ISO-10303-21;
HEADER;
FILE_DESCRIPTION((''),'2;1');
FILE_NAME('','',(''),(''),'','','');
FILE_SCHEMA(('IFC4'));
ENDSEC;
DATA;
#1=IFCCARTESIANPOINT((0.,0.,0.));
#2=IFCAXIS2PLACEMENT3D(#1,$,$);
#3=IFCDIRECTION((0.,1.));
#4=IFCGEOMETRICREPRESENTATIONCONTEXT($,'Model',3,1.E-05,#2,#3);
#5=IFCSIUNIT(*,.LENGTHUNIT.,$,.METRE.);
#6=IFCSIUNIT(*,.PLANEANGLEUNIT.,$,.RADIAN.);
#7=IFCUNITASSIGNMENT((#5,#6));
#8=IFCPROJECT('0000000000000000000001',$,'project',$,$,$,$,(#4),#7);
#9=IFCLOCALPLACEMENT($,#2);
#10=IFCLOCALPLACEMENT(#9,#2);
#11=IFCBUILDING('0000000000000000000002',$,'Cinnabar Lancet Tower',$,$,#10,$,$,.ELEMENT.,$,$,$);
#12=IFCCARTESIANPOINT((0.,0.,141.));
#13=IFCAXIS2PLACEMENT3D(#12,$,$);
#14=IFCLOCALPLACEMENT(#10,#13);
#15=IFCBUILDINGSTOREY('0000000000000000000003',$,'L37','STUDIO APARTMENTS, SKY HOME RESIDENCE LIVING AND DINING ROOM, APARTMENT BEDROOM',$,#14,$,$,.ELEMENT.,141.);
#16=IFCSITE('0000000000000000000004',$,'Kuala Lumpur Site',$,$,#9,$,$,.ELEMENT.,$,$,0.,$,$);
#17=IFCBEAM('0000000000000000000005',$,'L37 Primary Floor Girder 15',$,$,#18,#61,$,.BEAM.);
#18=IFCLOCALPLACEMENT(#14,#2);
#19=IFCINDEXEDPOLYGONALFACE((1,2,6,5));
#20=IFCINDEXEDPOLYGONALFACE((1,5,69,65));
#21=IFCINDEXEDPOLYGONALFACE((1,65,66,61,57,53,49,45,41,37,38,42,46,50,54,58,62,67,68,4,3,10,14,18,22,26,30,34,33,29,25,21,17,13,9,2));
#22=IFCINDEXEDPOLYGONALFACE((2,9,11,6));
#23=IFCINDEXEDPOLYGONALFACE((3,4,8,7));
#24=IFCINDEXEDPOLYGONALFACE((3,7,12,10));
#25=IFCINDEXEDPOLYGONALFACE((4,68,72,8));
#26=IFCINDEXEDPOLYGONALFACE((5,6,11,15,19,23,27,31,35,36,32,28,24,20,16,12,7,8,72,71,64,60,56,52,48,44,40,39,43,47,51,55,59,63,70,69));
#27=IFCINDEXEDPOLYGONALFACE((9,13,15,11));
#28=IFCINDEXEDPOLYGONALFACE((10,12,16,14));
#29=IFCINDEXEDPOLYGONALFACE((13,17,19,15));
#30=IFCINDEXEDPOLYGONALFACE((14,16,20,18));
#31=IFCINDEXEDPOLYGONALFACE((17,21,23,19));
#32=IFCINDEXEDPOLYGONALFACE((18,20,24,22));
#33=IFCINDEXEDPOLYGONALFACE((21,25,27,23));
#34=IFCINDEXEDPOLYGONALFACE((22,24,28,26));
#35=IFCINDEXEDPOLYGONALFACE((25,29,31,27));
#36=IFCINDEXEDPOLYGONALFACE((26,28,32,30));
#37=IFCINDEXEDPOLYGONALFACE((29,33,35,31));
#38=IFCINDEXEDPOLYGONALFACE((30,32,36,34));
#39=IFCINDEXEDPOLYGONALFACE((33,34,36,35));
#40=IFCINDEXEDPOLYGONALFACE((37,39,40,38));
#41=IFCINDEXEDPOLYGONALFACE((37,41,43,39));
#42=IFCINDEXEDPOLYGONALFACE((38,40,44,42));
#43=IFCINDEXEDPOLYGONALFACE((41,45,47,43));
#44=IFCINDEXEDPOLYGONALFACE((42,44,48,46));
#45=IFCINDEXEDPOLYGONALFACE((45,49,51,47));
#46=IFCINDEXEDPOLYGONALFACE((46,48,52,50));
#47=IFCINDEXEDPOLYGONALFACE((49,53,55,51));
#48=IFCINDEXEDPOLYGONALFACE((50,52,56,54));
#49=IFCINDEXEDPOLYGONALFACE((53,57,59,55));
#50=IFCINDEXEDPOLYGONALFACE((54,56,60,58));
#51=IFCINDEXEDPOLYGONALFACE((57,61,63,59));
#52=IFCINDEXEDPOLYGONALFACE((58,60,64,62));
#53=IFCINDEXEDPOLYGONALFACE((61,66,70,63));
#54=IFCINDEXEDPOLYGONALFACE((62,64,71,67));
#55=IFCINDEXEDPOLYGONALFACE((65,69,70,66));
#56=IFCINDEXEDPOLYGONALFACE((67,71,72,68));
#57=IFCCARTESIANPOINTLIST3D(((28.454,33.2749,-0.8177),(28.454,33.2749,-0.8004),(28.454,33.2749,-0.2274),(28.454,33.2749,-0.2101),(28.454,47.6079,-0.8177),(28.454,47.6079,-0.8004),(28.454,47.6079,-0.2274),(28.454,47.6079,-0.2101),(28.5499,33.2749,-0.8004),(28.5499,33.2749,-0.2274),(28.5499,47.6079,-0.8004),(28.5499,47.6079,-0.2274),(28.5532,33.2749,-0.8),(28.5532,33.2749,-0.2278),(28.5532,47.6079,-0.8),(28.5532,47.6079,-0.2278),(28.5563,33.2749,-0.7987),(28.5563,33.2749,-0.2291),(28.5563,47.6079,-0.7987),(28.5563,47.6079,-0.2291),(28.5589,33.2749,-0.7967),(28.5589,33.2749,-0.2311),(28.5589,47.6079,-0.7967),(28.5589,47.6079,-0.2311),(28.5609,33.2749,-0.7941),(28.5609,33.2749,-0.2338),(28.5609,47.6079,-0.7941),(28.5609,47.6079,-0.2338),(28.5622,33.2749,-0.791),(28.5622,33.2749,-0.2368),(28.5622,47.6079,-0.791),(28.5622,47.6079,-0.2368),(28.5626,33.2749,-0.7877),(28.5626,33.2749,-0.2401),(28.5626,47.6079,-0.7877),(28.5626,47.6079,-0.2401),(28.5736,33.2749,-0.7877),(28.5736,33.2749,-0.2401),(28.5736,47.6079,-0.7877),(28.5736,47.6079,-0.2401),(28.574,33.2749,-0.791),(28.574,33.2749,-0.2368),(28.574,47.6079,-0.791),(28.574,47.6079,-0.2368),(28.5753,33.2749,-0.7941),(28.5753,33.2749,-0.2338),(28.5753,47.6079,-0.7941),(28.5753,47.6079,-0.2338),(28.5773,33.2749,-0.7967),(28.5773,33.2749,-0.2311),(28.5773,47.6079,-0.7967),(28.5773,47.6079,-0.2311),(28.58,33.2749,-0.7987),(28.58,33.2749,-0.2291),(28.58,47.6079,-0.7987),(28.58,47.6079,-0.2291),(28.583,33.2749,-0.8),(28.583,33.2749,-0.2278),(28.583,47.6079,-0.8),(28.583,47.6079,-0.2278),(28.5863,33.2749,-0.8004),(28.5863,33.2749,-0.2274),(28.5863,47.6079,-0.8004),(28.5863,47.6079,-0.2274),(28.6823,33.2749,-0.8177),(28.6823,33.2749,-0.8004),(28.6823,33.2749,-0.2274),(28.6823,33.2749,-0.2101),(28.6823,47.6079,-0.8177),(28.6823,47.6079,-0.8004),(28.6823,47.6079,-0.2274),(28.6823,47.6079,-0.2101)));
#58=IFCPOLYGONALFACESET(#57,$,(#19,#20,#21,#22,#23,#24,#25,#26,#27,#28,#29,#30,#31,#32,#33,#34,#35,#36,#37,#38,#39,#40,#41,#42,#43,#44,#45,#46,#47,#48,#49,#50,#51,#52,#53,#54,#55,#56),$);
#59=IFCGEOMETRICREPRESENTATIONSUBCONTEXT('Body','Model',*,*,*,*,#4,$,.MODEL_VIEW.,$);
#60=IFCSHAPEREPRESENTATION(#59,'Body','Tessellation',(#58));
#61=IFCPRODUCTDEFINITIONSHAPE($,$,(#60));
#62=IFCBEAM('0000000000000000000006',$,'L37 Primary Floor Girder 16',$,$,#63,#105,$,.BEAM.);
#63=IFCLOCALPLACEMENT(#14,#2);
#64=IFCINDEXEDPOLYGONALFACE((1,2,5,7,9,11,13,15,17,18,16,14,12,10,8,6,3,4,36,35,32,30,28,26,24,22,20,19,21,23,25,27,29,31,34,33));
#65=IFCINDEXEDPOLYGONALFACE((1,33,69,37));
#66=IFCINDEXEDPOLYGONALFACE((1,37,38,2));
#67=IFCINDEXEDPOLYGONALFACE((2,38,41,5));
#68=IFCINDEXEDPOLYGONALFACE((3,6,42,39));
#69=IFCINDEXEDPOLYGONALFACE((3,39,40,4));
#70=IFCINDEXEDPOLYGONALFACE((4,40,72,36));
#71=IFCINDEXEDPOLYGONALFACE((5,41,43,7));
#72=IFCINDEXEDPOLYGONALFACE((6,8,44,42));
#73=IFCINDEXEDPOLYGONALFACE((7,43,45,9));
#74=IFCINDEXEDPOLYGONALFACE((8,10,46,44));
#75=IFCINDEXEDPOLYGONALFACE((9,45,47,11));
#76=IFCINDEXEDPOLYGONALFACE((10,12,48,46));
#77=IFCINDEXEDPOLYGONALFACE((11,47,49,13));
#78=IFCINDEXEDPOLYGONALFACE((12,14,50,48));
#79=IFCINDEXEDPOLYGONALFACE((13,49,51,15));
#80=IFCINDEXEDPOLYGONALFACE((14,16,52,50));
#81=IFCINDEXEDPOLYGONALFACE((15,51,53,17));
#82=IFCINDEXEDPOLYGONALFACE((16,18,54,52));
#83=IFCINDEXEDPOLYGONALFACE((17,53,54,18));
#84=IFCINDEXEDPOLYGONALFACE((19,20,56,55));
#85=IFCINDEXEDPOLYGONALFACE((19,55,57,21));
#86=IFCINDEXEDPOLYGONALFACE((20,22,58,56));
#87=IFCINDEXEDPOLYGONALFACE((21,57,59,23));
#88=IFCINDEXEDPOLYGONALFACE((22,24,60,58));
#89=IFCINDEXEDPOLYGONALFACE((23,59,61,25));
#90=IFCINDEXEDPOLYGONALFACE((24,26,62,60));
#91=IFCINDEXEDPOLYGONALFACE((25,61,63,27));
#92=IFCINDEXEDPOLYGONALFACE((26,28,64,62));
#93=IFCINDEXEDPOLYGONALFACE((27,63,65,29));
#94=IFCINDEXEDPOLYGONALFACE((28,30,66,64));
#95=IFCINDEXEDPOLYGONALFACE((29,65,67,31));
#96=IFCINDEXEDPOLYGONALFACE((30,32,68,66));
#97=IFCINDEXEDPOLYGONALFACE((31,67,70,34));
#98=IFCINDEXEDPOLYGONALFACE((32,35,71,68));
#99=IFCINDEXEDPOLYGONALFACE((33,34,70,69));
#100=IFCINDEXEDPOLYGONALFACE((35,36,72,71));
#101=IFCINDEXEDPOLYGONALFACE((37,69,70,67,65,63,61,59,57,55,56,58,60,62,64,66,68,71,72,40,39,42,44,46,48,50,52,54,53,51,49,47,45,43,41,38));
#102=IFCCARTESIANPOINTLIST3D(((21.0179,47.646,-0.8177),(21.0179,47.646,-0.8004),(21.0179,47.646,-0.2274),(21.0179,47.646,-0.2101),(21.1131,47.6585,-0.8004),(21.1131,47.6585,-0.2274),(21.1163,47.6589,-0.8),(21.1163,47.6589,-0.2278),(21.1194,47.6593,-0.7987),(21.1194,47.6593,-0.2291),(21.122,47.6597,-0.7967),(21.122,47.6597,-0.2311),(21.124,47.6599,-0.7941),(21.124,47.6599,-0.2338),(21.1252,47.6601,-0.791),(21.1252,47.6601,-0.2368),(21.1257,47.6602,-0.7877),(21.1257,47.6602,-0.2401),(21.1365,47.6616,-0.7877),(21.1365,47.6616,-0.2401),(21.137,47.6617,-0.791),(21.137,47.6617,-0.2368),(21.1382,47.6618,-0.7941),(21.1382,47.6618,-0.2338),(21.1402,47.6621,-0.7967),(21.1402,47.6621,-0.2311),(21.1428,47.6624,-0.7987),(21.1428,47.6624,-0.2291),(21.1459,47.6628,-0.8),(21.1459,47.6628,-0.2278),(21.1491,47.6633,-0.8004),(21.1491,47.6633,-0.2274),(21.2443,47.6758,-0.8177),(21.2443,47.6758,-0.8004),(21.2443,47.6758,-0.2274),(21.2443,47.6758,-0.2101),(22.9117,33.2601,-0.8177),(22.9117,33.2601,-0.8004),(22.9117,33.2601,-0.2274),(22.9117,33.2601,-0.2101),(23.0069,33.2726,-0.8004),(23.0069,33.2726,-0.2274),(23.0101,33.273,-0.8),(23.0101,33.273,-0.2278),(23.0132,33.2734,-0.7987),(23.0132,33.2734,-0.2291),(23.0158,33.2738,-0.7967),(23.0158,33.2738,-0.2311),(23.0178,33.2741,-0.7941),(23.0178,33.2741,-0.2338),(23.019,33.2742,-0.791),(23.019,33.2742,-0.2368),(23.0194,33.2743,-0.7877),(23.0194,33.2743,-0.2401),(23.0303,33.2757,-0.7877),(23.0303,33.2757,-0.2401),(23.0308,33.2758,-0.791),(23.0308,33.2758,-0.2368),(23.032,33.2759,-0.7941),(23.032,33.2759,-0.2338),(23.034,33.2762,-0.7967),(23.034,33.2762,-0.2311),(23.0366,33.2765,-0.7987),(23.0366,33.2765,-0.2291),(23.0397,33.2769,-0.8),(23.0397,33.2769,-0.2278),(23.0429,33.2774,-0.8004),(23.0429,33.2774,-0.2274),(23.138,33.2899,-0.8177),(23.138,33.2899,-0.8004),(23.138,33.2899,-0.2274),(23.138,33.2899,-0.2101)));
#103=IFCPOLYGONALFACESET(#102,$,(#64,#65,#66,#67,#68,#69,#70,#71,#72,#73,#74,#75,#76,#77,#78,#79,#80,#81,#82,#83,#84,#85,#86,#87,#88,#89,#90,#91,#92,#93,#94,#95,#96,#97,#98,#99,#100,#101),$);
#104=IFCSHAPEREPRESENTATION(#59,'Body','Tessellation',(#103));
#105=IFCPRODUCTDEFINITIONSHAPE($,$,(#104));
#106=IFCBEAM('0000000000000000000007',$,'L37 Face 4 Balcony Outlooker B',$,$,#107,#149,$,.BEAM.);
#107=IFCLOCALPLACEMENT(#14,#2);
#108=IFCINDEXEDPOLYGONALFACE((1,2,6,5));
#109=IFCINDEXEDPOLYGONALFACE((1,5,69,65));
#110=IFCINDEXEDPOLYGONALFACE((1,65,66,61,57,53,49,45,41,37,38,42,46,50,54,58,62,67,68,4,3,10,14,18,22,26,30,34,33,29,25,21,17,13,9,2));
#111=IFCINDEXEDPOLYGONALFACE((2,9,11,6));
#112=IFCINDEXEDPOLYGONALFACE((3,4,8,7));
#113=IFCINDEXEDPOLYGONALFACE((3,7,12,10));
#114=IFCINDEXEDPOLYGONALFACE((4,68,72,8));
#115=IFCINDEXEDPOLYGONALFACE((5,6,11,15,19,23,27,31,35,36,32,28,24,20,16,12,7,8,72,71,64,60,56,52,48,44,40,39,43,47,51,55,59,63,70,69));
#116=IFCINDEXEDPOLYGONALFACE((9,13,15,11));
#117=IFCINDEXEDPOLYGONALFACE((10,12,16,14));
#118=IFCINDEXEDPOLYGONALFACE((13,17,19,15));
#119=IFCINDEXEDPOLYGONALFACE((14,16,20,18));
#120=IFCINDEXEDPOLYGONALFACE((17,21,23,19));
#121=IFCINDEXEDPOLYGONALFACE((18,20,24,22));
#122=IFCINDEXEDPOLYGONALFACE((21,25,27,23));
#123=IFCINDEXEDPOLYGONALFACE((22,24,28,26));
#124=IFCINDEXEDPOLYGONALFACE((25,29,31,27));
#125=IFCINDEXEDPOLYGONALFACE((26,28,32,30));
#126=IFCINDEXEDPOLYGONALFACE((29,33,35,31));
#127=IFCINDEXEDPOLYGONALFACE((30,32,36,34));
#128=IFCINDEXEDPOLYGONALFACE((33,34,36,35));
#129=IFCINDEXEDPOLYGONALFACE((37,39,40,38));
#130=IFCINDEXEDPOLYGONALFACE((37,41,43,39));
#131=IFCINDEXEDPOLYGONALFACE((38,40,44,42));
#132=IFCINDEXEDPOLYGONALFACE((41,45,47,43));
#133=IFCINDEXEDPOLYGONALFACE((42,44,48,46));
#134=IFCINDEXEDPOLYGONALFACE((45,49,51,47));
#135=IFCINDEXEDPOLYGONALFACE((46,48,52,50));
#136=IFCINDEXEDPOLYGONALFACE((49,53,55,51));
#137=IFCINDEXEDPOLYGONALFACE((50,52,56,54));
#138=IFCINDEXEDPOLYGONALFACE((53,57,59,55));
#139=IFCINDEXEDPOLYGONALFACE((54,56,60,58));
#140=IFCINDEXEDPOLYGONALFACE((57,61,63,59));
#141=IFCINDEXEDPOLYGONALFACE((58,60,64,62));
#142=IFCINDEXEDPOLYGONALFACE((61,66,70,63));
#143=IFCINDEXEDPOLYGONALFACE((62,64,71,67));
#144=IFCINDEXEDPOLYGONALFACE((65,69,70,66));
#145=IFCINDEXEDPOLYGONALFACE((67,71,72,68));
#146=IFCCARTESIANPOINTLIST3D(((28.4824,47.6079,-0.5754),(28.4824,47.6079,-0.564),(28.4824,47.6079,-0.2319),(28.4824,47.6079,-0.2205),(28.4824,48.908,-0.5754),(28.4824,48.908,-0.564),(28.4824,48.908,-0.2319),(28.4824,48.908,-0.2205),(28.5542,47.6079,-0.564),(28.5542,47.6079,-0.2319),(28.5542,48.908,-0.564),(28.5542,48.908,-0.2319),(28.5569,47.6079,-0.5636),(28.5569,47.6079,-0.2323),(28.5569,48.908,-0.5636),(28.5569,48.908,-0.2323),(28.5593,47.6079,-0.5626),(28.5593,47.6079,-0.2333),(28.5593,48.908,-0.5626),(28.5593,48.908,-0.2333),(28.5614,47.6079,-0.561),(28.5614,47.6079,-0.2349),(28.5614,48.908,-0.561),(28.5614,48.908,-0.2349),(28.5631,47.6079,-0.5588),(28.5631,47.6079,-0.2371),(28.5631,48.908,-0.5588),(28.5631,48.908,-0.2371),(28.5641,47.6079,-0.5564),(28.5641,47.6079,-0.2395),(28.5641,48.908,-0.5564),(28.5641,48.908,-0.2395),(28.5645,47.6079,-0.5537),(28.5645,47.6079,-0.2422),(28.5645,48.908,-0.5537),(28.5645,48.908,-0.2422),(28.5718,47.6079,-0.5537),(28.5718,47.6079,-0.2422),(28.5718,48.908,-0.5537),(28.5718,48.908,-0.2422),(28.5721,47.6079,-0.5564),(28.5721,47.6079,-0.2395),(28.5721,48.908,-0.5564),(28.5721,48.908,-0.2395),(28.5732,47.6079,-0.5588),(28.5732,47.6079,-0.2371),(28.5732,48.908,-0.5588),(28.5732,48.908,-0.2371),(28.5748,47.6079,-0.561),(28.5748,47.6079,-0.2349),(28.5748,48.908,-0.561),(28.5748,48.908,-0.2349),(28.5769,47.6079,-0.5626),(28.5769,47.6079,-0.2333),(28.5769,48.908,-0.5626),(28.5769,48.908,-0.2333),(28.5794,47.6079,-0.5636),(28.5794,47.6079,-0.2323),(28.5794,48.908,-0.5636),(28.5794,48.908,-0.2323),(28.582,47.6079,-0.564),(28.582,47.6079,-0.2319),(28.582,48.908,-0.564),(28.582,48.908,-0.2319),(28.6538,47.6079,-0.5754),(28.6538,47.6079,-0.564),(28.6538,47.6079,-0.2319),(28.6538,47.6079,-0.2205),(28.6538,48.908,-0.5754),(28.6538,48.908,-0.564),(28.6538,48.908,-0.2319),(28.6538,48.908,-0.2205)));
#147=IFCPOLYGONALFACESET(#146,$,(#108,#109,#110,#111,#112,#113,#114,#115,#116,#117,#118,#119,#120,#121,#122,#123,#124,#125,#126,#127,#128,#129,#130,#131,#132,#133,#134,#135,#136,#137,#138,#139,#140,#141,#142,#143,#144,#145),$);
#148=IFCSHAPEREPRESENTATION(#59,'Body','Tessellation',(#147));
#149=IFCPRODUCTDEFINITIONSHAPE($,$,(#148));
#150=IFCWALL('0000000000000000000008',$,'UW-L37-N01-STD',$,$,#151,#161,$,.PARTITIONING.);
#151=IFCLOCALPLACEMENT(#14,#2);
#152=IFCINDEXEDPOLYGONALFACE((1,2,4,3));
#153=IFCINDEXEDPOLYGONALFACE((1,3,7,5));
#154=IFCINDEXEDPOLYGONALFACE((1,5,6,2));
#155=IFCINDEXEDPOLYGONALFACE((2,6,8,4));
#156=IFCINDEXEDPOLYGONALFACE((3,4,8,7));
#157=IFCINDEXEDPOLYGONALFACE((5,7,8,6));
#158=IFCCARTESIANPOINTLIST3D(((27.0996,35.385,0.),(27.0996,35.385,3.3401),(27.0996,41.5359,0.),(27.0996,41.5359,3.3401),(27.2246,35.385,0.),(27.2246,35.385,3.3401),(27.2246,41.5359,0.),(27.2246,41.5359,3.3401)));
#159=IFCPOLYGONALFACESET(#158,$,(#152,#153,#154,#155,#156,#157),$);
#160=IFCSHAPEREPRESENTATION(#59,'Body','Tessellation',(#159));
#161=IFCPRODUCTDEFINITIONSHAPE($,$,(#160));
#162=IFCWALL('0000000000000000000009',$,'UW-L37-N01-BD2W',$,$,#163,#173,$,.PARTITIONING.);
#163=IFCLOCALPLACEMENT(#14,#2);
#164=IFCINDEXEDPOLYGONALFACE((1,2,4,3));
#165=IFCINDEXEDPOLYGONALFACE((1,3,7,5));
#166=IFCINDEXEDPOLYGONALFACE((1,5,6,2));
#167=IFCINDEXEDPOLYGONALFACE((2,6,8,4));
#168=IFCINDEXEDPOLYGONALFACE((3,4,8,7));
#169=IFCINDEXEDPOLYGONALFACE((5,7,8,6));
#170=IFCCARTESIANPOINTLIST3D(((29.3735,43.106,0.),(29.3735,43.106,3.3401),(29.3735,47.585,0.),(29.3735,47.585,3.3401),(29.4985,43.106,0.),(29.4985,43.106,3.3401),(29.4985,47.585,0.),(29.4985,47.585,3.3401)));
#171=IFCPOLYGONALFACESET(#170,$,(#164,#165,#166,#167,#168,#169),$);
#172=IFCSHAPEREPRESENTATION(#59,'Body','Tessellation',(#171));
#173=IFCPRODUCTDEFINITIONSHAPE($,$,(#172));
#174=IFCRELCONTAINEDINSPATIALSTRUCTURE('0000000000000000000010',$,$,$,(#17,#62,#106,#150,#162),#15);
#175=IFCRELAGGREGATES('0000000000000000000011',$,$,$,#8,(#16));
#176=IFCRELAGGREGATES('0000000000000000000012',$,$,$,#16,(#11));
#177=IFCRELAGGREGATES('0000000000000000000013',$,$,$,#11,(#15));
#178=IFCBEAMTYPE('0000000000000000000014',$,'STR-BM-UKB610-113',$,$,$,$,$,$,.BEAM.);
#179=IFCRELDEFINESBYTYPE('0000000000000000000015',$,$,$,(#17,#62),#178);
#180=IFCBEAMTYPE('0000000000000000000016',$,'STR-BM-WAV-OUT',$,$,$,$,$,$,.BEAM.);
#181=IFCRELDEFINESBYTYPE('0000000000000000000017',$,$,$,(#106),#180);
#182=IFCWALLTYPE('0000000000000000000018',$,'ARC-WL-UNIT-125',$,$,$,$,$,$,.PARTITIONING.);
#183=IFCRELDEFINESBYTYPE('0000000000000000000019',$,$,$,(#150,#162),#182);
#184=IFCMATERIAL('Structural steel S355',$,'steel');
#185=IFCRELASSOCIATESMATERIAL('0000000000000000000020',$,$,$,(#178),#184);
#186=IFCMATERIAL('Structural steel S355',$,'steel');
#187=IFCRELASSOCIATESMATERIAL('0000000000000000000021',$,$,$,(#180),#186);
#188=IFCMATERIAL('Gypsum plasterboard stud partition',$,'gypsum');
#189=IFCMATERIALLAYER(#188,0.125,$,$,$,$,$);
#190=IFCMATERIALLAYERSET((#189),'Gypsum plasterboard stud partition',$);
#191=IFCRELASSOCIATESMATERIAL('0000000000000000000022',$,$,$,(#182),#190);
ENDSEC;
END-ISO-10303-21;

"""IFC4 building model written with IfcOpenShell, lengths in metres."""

from ifc_helpers import new_model, si_unit, direction, frame, frame_2d, origin, origin_2d, place, context, subcontext, project, spatial, rectangle, i_section, extrude, material, layer, layer_set, material_profile, profile_set, type_object, element, save


model = new_model("IFC4")

# Units and contexts
model_context = context("Model", 3, precision=1e-05, world=origin(), true_north=direction((0.0, 1.0)))
body_context = subcontext(model_context, "Body", "Model", "MODEL_VIEW")
ifc_project = project(units=[si_unit("LENGTHUNIT", "METRE"), si_unit("PLANEANGLEUNIT", "RADIAN")], contexts=[model_context])

# Site, building, storey
site_placement = place(None, origin())
site = spatial("IfcSite", under=ifc_project, at=site_placement, Name="Kuala Lumpur Site", CompositionType="ELEMENT", RefElevation=0.0)
building_placement = place(site_placement, origin())
building = spatial("IfcBuilding", under=site, at=building_placement, Name="Cinnabar Lancet Tower", CompositionType="ELEMENT")
storey_placement = place(building_placement, frame((0.0, 0.0, 141.0)))
storey = spatial("IfcBuildingStorey", under=building, at=storey_placement, Name="L37", Description="STUDIO APARTMENTS, SKY HOME RESIDENCE LIVING AND DINING ROOM, APARTMENT BEDROOM", CompositionType="ELEMENT", Elevation=141.0)

# Beams
ifc_material_1 = material(Name="Structural steel S355", Category="steel")
ifc_material_profile_1 = material_profile(ifc_material_1, i_section(OverallWidth=0.2283, OverallDepth=0.6077, WebThickness=0.011, FlangeThickness=0.0173, FilletRadius=0.0127, at=origin_2d()), Name="UKB 610x229x113")
ifc_profile_set_1 = profile_set([ifc_material_profile_1], Name="Structural steel S355")
beam_type_1 = type_object("IfcBeamType", Name="STR-BM-UKB610-113", PredefinedType="BEAM", material=ifc_profile_set_1)
beam_1_placement = place(storey_placement, frame((28.5681, 47.6079, -0.5139), z_axis=(0.0, -1.0, 0.0), x_axis=(1.0, 0.0, 0.0)))
element("IfcBeam", 1, at=beam_1_placement, inside=storey, type_object=beam_type_1, Name="L37 Primary Floor Girder 15", PredefinedType="BEAM", context=body_context, shape_type="SweptSolid", body=[
    extrude(i_section(OverallWidth=0.2283, OverallDepth=0.6077, WebThickness=0.011, FlangeThickness=0.0173, FilletRadius=0.0127, at=origin_2d()), origin(), (0.0, 0.0, 1.0), 14.333),
])
beam_2_placement = place(storey_placement, frame((21.1311, 47.6609, -0.5139), z_axis=(0.130516, -0.991446, 0.0), x_axis=(0.991446, 0.130516, 0.0)))
element("IfcBeam", 2, at=beam_2_placement, inside=storey, type_object=beam_type_1, Name="L37 Primary Floor Girder 16", PredefinedType="BEAM", context=body_context, shape_type="SweptSolid", body=[
    extrude(i_section(OverallWidth=0.2283, OverallDepth=0.6077, WebThickness=0.011, FlangeThickness=0.0173, FilletRadius=0.0127, at=origin_2d()), origin(), (0.0, 0.0, 1.0), 14.51),
])
ifc_material_2 = material(Name="Structural steel S355", Category="steel")
ifc_material_profile_2 = material_profile(ifc_material_2, i_section(OverallWidth=0.1714, OverallDepth=0.355, WebThickness=0.0073, FlangeThickness=0.0115, FilletRadius=0.0103, at=origin_2d()), Name="UKB 356x171x51")
ifc_profile_set_2 = profile_set([ifc_material_profile_2], Name="Structural steel S355")
beam_type_2 = type_object("IfcBeamType", Name="STR-BM-WAV-OUT", PredefinedType="BEAM", material=ifc_profile_set_2)
beam_3_placement = place(storey_placement, frame((28.5681, 47.6079, -0.3979), z_axis=(0.0, 1.0, 0.0), x_axis=(-1.0, 0.0, 0.0)))
element("IfcBeam", 3, at=beam_3_placement, inside=storey, type_object=beam_type_2, Name="L37 Face 4 Balcony Outlooker B", PredefinedType="BEAM", context=body_context, shape_type="SweptSolid", body=[
    extrude(i_section(OverallWidth=0.1714, OverallDepth=0.355, WebThickness=0.0073, FlangeThickness=0.0115, FilletRadius=0.0103, at=origin_2d()), origin(), (0.0, 0.0, 1.0), 1.3),
])

# Walls
ifc_material_3 = material(Name="Gypsum plasterboard stud partition", Category="gypsum")
ifc_layer_1 = layer(ifc_material_3, 0.125)
ifc_layer_set_1 = layer_set([ifc_layer_1], Name="Gypsum plasterboard stud partition")
wall_type_1 = type_object("IfcWallType", Name="ARC-WL-UNIT-125", PredefinedType="PARTITIONING", material=ifc_layer_set_1)
wall_1_placement = place(storey_placement, frame((27.1621, 35.385, 0.0), z_axis=(0.0, 0.0, 1.0), x_axis=(0.0, 1.0, 0.0)))
element("IfcWall", 4, at=wall_1_placement, inside=storey, type_object=wall_type_1, Name="UW-L37-N01-STD", PredefinedType="PARTITIONING", context=body_context, shape_type="SweptSolid", body=[
    extrude(rectangle(XDim=6.1509, YDim=0.125, at=frame_2d((3.0754, 0.0))), origin(), (0.0, 0.0, 1.0), 3.3401),
])
wall_2_placement = place(storey_placement, frame((29.436, 43.106, 0.0), z_axis=(0.0, 0.0, 1.0), x_axis=(0.0, 1.0, 0.0)))
element("IfcWall", 5, at=wall_2_placement, inside=storey, type_object=wall_type_1, Name="UW-L37-N01-BD2W", PredefinedType="PARTITIONING", context=body_context, shape_type="SweptSolid", body=[
    extrude(rectangle(XDim=4.479, YDim=0.125, at=frame_2d((2.2395, 0.0))), origin(), (0.0, 0.0, 1.0), 3.3401),
])

save(model, "model.ifc")
